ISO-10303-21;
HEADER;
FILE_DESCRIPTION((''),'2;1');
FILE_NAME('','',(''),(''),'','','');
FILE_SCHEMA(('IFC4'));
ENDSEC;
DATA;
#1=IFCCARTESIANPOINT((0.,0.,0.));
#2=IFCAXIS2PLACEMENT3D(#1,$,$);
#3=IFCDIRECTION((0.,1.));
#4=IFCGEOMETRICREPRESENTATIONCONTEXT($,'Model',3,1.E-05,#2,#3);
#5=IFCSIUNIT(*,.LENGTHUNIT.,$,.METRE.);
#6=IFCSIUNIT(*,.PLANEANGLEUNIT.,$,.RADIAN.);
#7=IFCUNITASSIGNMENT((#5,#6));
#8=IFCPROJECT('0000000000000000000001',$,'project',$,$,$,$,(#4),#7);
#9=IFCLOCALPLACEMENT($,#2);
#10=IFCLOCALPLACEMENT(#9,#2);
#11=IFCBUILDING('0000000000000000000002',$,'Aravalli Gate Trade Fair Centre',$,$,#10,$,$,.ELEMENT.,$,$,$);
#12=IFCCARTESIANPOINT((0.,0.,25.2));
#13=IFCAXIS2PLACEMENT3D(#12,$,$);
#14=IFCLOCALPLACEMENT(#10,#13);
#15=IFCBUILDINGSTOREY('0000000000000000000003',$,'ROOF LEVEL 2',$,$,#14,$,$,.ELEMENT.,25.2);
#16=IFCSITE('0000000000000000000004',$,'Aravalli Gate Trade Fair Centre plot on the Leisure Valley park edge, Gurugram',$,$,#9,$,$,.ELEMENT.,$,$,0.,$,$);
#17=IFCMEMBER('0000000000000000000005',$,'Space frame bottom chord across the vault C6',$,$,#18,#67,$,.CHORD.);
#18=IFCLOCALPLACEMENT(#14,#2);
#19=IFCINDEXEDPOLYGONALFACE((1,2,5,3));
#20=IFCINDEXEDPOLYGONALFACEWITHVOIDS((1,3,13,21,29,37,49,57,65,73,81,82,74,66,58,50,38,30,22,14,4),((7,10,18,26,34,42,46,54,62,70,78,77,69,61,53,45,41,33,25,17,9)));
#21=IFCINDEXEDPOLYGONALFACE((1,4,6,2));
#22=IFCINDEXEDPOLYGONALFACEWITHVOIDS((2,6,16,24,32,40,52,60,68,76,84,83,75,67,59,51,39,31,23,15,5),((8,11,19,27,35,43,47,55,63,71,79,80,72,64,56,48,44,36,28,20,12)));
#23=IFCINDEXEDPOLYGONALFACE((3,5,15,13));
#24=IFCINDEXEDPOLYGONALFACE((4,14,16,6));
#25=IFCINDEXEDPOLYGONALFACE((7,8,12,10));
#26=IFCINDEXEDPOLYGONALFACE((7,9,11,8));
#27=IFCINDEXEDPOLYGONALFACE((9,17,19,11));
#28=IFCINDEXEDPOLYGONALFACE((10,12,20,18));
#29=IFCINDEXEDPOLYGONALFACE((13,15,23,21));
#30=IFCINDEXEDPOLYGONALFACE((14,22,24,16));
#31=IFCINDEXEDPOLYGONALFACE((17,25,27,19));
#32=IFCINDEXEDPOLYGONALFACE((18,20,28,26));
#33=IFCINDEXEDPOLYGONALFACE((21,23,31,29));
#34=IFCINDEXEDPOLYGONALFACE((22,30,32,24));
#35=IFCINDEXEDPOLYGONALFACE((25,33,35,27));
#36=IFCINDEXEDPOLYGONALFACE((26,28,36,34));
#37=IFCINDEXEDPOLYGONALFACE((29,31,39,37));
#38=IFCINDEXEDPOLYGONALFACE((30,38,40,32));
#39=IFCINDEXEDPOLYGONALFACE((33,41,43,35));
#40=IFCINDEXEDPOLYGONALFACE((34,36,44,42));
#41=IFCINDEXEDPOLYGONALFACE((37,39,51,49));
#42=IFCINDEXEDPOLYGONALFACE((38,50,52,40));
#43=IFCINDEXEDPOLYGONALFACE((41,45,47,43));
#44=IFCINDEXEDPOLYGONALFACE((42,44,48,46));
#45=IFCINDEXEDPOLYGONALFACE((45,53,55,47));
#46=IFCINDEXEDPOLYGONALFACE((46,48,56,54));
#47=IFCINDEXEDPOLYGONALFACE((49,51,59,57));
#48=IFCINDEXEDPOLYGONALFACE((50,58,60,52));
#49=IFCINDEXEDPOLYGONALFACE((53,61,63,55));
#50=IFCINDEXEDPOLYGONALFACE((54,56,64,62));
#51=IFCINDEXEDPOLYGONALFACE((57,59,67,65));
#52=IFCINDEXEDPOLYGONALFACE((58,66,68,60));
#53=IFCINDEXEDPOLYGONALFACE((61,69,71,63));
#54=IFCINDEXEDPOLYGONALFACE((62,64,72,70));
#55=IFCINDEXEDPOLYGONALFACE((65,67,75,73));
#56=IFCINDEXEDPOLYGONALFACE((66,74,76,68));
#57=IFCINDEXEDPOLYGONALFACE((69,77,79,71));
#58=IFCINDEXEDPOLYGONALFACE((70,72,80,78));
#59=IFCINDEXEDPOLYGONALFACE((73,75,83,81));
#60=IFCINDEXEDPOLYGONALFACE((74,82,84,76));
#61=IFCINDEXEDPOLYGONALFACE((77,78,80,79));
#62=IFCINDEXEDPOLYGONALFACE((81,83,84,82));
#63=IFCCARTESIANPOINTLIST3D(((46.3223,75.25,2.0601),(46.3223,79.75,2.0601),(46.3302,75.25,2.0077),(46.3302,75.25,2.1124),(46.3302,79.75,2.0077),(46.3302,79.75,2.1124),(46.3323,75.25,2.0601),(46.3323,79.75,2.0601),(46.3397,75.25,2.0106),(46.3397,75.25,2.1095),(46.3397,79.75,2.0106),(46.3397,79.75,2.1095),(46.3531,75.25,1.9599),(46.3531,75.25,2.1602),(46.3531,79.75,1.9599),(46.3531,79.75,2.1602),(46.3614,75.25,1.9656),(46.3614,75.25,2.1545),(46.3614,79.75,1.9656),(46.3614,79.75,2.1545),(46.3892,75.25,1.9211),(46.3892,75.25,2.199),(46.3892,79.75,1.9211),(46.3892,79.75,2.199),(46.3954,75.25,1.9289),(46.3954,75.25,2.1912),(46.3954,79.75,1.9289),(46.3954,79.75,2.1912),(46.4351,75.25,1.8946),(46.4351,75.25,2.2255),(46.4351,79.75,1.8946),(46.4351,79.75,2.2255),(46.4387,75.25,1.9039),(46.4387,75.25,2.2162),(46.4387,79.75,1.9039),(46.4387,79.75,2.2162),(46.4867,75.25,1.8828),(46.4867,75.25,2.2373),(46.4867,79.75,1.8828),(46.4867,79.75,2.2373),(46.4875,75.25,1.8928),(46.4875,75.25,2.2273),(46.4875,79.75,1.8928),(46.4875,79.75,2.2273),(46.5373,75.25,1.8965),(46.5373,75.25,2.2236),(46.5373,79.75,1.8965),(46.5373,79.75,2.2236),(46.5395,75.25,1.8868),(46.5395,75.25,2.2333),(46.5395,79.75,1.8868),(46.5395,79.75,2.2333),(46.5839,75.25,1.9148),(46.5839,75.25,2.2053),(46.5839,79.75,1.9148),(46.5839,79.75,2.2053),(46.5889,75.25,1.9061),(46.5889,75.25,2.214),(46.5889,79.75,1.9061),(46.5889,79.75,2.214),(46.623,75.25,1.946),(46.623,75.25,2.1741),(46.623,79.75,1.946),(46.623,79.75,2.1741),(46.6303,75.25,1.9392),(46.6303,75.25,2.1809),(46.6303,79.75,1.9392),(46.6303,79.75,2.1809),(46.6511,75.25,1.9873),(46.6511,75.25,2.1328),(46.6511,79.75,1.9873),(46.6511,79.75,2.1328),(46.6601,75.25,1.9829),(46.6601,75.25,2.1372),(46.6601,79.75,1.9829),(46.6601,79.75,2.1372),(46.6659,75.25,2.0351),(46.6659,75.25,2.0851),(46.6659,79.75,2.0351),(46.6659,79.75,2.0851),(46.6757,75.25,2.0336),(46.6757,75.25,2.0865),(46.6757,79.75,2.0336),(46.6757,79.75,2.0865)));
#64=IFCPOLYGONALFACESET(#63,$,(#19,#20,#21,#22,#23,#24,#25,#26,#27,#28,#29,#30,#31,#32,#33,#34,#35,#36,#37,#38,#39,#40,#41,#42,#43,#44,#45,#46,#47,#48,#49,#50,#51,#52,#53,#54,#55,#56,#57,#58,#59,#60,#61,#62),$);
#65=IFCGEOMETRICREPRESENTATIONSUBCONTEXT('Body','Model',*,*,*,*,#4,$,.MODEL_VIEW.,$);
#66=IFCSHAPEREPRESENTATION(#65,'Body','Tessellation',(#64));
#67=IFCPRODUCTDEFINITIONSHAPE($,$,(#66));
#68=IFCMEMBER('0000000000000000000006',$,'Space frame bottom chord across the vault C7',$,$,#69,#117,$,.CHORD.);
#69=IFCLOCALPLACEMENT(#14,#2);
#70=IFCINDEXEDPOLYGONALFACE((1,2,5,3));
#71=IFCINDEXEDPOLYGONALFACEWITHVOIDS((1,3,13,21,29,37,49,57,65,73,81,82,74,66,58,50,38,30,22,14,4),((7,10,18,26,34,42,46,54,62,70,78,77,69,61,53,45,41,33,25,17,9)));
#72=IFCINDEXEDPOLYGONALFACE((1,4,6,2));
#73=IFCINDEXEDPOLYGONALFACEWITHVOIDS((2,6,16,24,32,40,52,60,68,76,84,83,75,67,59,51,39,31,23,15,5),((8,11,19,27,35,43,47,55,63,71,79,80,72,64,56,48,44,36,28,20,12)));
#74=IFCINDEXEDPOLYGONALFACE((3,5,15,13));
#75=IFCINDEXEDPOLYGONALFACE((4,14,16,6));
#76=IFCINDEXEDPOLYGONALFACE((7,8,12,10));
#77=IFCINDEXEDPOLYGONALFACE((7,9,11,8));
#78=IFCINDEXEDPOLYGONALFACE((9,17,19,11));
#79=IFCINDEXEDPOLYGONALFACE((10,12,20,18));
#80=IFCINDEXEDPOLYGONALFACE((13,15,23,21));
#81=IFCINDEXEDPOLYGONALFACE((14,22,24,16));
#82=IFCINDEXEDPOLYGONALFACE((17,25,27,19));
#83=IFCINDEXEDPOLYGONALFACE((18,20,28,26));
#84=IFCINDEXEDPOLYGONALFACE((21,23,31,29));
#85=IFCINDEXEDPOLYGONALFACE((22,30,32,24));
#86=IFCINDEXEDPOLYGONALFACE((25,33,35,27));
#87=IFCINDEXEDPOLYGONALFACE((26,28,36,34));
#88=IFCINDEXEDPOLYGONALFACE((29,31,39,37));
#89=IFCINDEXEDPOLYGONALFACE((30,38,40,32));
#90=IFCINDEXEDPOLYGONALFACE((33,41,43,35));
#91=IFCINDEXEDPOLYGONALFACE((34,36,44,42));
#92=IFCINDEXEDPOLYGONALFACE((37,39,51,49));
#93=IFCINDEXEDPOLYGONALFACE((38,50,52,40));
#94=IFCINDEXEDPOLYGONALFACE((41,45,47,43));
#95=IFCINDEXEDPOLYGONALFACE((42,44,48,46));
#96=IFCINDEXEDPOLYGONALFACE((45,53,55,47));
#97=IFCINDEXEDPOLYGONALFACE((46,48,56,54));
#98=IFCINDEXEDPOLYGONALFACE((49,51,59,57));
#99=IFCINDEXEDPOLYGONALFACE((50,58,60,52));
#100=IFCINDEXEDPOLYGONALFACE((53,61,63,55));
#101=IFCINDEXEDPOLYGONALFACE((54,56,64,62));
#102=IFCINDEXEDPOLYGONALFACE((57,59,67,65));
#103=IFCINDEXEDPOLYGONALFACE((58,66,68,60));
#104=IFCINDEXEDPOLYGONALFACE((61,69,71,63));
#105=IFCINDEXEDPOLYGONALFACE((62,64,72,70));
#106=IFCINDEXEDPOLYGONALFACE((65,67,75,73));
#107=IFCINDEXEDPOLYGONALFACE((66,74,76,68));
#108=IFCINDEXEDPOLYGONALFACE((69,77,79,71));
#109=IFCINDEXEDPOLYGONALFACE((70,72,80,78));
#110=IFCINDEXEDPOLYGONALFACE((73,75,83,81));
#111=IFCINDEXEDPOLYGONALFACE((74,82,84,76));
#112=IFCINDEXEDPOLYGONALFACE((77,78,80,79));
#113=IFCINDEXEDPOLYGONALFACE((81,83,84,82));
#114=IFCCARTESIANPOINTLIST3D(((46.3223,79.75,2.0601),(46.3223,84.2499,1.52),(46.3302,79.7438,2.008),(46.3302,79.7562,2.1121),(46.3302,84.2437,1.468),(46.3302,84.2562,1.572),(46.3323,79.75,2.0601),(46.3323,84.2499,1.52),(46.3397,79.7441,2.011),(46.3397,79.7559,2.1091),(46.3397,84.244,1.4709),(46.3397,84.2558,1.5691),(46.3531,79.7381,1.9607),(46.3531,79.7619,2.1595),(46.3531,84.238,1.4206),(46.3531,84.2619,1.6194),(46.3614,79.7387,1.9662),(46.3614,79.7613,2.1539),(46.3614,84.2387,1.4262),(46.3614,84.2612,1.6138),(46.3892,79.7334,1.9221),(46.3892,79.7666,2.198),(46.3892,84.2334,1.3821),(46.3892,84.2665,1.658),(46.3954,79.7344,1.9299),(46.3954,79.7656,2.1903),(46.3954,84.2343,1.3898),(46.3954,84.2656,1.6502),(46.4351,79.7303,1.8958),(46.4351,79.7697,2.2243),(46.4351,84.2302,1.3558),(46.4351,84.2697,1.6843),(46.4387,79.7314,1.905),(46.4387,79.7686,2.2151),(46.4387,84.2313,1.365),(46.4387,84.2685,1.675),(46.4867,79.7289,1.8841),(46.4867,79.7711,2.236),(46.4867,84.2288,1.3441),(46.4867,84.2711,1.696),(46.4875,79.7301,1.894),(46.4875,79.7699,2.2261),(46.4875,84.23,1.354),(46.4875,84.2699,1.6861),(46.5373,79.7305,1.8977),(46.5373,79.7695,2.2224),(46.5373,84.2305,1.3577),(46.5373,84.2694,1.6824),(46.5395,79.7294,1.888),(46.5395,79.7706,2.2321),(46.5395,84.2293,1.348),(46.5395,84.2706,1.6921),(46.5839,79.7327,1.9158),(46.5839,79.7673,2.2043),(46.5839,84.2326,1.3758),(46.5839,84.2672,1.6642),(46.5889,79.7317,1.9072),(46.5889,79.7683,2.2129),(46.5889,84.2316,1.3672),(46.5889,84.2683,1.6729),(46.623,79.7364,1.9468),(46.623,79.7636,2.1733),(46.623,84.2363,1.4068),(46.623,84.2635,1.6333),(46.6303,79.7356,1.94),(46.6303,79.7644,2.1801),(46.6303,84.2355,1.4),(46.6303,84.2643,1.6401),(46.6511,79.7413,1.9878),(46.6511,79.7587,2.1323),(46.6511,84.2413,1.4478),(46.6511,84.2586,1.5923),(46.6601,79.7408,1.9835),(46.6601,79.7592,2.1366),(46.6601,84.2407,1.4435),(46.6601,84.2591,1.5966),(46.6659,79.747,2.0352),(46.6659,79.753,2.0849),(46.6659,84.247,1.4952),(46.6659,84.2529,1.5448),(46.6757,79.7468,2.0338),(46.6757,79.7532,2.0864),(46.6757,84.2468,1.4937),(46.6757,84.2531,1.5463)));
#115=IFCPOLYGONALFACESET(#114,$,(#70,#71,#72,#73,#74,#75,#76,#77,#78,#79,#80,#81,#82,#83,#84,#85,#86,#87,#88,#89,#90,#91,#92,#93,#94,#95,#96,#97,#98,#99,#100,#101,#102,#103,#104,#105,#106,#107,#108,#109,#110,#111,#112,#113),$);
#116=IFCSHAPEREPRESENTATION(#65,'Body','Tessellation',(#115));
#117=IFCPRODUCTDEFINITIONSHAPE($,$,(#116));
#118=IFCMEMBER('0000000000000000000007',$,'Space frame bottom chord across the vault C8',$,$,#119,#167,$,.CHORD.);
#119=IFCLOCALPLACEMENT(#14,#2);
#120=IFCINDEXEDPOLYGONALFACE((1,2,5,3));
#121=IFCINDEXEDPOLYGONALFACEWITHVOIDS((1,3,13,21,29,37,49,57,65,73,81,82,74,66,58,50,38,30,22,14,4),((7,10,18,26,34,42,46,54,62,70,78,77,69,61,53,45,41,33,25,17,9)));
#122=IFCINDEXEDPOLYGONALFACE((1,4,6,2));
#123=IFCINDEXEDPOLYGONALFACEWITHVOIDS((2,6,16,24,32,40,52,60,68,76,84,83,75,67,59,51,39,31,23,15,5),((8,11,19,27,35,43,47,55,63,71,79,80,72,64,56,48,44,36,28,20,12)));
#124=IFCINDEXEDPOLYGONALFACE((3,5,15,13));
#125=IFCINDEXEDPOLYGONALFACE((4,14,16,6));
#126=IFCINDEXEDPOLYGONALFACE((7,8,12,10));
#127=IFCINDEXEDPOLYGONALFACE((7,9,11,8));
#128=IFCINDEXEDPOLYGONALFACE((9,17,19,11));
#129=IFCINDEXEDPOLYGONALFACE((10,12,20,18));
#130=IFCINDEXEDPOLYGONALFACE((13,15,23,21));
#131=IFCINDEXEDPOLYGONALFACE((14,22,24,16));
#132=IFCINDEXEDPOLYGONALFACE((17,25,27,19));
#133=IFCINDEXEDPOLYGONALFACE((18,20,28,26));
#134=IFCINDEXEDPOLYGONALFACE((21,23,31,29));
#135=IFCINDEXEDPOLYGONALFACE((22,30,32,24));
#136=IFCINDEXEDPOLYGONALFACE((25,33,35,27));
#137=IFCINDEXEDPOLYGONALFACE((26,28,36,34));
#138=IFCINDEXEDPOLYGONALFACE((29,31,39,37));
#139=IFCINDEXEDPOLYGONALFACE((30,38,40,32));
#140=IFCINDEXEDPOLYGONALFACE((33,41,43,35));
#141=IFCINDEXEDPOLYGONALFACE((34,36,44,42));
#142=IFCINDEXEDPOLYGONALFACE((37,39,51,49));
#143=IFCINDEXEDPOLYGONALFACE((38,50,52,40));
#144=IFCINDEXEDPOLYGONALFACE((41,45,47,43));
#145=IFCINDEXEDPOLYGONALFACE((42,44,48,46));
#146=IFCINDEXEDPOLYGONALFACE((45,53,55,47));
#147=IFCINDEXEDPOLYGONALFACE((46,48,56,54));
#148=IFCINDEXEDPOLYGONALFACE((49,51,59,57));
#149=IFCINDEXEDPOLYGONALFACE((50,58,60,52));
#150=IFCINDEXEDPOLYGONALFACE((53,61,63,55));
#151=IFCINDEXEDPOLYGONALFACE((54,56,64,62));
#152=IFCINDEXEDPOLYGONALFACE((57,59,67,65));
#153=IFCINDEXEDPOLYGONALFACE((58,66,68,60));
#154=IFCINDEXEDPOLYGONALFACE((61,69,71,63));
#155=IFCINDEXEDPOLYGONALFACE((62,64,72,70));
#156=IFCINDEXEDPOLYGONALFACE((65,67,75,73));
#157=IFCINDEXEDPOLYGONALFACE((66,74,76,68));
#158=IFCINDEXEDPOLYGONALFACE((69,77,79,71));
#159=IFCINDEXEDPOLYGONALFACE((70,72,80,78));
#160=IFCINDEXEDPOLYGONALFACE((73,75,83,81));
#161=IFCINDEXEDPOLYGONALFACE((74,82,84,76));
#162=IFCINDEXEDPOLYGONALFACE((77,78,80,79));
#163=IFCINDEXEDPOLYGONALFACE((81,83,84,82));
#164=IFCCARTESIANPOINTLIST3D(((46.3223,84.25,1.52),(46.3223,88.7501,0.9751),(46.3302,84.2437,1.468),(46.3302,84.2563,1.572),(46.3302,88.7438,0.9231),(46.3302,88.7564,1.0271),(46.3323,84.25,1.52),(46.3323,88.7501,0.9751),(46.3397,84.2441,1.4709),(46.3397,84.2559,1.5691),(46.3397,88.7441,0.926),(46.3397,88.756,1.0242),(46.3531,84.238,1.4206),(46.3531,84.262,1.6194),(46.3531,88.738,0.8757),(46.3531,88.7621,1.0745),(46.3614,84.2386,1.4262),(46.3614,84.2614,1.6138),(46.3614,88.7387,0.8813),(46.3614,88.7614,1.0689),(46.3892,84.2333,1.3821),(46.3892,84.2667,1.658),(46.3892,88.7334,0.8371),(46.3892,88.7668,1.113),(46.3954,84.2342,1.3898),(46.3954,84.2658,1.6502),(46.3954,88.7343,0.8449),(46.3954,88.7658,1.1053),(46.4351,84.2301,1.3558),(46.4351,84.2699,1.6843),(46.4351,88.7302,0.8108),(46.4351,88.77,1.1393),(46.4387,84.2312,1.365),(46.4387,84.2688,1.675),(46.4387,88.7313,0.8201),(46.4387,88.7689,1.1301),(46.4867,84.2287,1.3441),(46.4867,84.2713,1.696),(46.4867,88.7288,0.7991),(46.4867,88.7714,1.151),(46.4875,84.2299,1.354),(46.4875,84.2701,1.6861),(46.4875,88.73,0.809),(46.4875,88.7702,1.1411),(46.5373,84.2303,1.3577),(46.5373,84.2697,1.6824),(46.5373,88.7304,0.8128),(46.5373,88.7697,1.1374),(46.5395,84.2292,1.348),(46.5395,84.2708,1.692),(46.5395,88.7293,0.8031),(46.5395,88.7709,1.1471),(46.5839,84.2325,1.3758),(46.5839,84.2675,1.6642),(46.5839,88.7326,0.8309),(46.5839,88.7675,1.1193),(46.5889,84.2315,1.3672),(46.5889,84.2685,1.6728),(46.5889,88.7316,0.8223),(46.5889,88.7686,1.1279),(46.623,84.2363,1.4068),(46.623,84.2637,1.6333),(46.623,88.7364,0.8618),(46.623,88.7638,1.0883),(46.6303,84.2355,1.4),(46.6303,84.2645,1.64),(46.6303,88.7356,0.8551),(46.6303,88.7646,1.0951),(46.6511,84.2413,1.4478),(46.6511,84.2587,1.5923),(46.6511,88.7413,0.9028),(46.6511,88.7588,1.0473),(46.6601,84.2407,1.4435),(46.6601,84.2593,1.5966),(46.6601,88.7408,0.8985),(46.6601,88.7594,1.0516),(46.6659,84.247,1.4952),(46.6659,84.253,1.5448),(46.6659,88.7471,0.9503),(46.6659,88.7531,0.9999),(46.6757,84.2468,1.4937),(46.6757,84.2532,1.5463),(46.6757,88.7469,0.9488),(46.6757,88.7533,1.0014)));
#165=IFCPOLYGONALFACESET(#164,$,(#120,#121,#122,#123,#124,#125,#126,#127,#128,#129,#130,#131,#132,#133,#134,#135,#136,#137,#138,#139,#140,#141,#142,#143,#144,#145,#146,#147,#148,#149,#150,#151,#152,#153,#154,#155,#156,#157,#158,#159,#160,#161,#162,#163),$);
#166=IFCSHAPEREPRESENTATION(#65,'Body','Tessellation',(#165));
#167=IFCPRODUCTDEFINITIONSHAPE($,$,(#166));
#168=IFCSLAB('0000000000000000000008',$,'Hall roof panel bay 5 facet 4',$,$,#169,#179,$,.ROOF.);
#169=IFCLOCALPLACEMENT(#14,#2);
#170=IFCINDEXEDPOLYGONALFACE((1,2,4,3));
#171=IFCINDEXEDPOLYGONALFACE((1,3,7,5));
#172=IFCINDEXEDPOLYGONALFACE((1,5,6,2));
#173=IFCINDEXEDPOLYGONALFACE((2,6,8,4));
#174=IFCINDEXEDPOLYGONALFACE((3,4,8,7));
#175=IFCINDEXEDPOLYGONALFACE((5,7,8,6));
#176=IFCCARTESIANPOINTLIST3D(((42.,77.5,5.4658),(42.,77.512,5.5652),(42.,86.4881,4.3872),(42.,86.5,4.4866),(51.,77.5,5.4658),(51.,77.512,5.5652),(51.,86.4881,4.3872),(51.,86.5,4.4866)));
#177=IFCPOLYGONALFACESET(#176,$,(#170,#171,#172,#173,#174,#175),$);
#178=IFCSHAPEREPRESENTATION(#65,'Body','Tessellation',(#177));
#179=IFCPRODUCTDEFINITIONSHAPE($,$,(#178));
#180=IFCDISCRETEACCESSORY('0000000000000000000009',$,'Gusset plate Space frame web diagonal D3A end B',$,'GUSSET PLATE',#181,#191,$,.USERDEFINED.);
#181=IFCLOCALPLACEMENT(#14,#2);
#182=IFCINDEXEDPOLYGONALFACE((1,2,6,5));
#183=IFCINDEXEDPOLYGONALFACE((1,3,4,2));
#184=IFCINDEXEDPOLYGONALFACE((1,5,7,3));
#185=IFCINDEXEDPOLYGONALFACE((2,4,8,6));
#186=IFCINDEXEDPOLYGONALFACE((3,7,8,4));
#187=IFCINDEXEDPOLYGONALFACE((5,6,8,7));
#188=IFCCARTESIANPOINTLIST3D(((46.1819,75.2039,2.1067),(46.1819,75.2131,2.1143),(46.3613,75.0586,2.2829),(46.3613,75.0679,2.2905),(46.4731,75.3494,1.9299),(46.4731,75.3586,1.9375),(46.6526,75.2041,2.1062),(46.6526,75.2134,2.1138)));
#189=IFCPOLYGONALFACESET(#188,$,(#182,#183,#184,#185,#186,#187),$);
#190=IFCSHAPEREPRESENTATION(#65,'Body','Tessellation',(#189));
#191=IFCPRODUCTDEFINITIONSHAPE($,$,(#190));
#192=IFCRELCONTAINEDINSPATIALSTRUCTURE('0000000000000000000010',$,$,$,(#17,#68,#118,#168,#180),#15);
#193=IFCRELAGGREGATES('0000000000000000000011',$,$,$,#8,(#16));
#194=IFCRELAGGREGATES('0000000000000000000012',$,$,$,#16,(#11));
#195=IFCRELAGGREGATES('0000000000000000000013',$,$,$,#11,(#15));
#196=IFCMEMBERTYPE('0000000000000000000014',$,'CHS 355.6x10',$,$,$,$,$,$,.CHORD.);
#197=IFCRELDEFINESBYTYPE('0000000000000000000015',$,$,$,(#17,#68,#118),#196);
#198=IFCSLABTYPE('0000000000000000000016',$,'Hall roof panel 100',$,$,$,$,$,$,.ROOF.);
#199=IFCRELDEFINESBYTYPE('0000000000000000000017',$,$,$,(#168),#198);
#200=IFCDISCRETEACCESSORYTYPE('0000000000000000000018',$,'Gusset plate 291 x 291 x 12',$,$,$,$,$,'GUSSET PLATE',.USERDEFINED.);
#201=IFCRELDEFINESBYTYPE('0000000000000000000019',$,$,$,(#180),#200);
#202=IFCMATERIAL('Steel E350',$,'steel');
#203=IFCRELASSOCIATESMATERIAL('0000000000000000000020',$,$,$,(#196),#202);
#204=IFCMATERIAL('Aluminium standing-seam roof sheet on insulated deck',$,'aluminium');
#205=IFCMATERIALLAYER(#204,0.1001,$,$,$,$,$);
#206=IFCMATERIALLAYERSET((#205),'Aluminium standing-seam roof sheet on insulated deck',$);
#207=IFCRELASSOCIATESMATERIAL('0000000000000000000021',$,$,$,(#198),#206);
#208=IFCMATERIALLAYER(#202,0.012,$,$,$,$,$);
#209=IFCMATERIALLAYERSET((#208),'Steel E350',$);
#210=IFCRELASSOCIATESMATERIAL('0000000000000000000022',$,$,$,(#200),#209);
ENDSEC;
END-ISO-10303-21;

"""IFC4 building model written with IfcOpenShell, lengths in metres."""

from ifc_helpers import new_model, si_unit, direction, frame, origin, origin_2d, place, context, subcontext, project, spatial, polyline, hollow_circle, outline, extrude, material, layer, layer_set, material_profile, profile_set, type_object, element, save


model = new_model("IFC4")

# Units and contexts
model_context = context("Model", 3, precision=1e-05, world=origin(), true_north=direction((0.0, 1.0)))
body_context = subcontext(model_context, "Body", "Model", "MODEL_VIEW")
ifc_project = project(units=[si_unit("LENGTHUNIT", "METRE"), si_unit("PLANEANGLEUNIT", "RADIAN")], contexts=[model_context])

# Site, building, storey
site_placement = place(None, origin())
site = spatial("IfcSite", under=ifc_project, at=site_placement, Name="Aravalli Gate Trade Fair Centre plot on the Leisure Valley park edge, Gurugram", CompositionType="ELEMENT", RefElevation=0.0)
building_placement = place(site_placement, origin())
building = spatial("IfcBuilding", under=site, at=building_placement, Name="Aravalli Gate Trade Fair Centre", CompositionType="ELEMENT")
storey_placement = place(building_placement, frame((0.0, 0.0, 25.2)))
storey = spatial("IfcBuildingStorey", under=building, at=storey_placement, Name="ROOF LEVEL 2", CompositionType="ELEMENT", Elevation=25.2)

# Members
ifc_material_1 = material(Name="Steel E350", Category="steel")
ifc_material_profile_1 = material_profile(ifc_material_1, hollow_circle(Radius=0.1777, WallThickness=0.01, at=origin_2d()), Name="CHS 355.6x10")
ifc_profile_set_1 = profile_set([ifc_material_profile_1], Name="Steel E350")
member_type_1 = type_object("IfcMemberType", Name="CHS 355.6x10", PredefinedType="CHORD", material=ifc_profile_set_1)
member_1_placement = place(storey_placement, frame((46.5, 75.25, 2.0601), z_axis=(0.0, 1.0, 0.0), x_axis=(-1.0, 0.0, 0.0)))
element("IfcMember", 1, at=member_1_placement, inside=storey, type_object=member_type_1, Name="Space frame bottom chord across the vault C6", PredefinedType="CHORD", context=body_context, shape_type="SweptSolid", body=[
    extrude(hollow_circle(Radius=0.1777, WallThickness=0.01, at=origin_2d()), origin(), (0.0, 0.0, 1.0), 4.5),
])
member_2_placement = place(storey_placement, frame((46.5, 79.75, 2.0601), z_axis=(0.0, 0.992876, -0.119154), x_axis=(-1.0, 0.0, 0.0)))
element("IfcMember", 2, at=member_2_placement, inside=storey, type_object=member_type_1, Name="Space frame bottom chord across the vault C7", PredefinedType="CHORD", context=body_context, shape_type="SweptSolid", body=[
    extrude(hollow_circle(Radius=0.1777, WallThickness=0.01, at=origin_2d()), origin(), (0.0, 0.0, 1.0), 4.5322),
])
member_3_placement = place(storey_placement, frame((46.5, 84.25, 1.52), z_axis=(0.0, 0.992748, -0.120216), x_axis=(-1.0, 0.0, 0.0)))
element("IfcMember", 3, at=member_3_placement, inside=storey, type_object=member_type_1, Name="Space frame bottom chord across the vault C8", PredefinedType="CHORD", context=body_context, shape_type="SweptSolid", body=[
    extrude(hollow_circle(Radius=0.1777, WallThickness=0.01, at=origin_2d()), origin(), (0.0, 0.0, 1.0), 4.533),
])

# Slab
ifc_material_2 = material(Name="Aluminium standing-seam roof sheet on insulated deck", Category="aluminium")
ifc_layer_1 = layer(ifc_material_2, 0.1001)
ifc_layer_set_1 = layer_set([ifc_layer_1], Name="Aluminium standing-seam roof sheet on insulated deck")
slab_type = type_object("IfcSlabType", Name="Hall roof panel 100", PredefinedType="ROOF", material=ifc_layer_set_1)
slab_placement = place(storey_placement, frame((42.0, 77.512, 5.5652), z_axis=(0.0, 0.119151, 0.992876), x_axis=(1.0, 0.0, 0.0)))
element("IfcSlab", 4, at=slab_placement, inside=storey, type_object=slab_type, Name="Hall roof panel bay 5 facet 4", PredefinedType="ROOF", context=body_context, shape_type="SweptSolid", body=[
    extrude(outline(polyline([(0.0, 0.0), (9.0, 0.0), (9.0, 9.0525), (0.0, 9.0525), (0.0, 0.0)])), origin(), (0.0, 0.0, -1.0), 0.1001),
])

# Discrete accessory
ifc_layer_2 = layer(ifc_material_1, 0.012)
ifc_layer_set_2 = layer_set([ifc_layer_2], Name="Steel E350")
discrete_accessory_type = type_object("IfcDiscreteAccessoryType", Name="Gusset plate 291 x 291 x 12", ElementType="GUSSET PLATE", PredefinedType="USERDEFINED", material=ifc_layer_set_2)
discrete_accessory_1_placement = place(storey_placement, frame((46.1819, 75.2131, 2.1143), z_axis=(0.000259, 0.771844, 0.635812), x_axis=(0.78619, 0.392765, -0.477118)))
element("IfcDiscreteAccessory", 5, at=discrete_accessory_1_placement, inside=storey, type_object=discrete_accessory_type, Name="Gusset plate Space frame web diagonal D3A end B", ObjectType="GUSSET PLATE", PredefinedType="USERDEFINED", context=body_context, shape_type="SweptSolid", body=[
    extrude(outline(polyline([(0.0, 0.0), (0.3705, 0.0), (0.3704, -0.2905), (-0.0001, -0.2905), (0.0, 0.0)])), origin(), (0.0, 0.0, -1.0), 0.012),
])

save(model, "model.ifc")
